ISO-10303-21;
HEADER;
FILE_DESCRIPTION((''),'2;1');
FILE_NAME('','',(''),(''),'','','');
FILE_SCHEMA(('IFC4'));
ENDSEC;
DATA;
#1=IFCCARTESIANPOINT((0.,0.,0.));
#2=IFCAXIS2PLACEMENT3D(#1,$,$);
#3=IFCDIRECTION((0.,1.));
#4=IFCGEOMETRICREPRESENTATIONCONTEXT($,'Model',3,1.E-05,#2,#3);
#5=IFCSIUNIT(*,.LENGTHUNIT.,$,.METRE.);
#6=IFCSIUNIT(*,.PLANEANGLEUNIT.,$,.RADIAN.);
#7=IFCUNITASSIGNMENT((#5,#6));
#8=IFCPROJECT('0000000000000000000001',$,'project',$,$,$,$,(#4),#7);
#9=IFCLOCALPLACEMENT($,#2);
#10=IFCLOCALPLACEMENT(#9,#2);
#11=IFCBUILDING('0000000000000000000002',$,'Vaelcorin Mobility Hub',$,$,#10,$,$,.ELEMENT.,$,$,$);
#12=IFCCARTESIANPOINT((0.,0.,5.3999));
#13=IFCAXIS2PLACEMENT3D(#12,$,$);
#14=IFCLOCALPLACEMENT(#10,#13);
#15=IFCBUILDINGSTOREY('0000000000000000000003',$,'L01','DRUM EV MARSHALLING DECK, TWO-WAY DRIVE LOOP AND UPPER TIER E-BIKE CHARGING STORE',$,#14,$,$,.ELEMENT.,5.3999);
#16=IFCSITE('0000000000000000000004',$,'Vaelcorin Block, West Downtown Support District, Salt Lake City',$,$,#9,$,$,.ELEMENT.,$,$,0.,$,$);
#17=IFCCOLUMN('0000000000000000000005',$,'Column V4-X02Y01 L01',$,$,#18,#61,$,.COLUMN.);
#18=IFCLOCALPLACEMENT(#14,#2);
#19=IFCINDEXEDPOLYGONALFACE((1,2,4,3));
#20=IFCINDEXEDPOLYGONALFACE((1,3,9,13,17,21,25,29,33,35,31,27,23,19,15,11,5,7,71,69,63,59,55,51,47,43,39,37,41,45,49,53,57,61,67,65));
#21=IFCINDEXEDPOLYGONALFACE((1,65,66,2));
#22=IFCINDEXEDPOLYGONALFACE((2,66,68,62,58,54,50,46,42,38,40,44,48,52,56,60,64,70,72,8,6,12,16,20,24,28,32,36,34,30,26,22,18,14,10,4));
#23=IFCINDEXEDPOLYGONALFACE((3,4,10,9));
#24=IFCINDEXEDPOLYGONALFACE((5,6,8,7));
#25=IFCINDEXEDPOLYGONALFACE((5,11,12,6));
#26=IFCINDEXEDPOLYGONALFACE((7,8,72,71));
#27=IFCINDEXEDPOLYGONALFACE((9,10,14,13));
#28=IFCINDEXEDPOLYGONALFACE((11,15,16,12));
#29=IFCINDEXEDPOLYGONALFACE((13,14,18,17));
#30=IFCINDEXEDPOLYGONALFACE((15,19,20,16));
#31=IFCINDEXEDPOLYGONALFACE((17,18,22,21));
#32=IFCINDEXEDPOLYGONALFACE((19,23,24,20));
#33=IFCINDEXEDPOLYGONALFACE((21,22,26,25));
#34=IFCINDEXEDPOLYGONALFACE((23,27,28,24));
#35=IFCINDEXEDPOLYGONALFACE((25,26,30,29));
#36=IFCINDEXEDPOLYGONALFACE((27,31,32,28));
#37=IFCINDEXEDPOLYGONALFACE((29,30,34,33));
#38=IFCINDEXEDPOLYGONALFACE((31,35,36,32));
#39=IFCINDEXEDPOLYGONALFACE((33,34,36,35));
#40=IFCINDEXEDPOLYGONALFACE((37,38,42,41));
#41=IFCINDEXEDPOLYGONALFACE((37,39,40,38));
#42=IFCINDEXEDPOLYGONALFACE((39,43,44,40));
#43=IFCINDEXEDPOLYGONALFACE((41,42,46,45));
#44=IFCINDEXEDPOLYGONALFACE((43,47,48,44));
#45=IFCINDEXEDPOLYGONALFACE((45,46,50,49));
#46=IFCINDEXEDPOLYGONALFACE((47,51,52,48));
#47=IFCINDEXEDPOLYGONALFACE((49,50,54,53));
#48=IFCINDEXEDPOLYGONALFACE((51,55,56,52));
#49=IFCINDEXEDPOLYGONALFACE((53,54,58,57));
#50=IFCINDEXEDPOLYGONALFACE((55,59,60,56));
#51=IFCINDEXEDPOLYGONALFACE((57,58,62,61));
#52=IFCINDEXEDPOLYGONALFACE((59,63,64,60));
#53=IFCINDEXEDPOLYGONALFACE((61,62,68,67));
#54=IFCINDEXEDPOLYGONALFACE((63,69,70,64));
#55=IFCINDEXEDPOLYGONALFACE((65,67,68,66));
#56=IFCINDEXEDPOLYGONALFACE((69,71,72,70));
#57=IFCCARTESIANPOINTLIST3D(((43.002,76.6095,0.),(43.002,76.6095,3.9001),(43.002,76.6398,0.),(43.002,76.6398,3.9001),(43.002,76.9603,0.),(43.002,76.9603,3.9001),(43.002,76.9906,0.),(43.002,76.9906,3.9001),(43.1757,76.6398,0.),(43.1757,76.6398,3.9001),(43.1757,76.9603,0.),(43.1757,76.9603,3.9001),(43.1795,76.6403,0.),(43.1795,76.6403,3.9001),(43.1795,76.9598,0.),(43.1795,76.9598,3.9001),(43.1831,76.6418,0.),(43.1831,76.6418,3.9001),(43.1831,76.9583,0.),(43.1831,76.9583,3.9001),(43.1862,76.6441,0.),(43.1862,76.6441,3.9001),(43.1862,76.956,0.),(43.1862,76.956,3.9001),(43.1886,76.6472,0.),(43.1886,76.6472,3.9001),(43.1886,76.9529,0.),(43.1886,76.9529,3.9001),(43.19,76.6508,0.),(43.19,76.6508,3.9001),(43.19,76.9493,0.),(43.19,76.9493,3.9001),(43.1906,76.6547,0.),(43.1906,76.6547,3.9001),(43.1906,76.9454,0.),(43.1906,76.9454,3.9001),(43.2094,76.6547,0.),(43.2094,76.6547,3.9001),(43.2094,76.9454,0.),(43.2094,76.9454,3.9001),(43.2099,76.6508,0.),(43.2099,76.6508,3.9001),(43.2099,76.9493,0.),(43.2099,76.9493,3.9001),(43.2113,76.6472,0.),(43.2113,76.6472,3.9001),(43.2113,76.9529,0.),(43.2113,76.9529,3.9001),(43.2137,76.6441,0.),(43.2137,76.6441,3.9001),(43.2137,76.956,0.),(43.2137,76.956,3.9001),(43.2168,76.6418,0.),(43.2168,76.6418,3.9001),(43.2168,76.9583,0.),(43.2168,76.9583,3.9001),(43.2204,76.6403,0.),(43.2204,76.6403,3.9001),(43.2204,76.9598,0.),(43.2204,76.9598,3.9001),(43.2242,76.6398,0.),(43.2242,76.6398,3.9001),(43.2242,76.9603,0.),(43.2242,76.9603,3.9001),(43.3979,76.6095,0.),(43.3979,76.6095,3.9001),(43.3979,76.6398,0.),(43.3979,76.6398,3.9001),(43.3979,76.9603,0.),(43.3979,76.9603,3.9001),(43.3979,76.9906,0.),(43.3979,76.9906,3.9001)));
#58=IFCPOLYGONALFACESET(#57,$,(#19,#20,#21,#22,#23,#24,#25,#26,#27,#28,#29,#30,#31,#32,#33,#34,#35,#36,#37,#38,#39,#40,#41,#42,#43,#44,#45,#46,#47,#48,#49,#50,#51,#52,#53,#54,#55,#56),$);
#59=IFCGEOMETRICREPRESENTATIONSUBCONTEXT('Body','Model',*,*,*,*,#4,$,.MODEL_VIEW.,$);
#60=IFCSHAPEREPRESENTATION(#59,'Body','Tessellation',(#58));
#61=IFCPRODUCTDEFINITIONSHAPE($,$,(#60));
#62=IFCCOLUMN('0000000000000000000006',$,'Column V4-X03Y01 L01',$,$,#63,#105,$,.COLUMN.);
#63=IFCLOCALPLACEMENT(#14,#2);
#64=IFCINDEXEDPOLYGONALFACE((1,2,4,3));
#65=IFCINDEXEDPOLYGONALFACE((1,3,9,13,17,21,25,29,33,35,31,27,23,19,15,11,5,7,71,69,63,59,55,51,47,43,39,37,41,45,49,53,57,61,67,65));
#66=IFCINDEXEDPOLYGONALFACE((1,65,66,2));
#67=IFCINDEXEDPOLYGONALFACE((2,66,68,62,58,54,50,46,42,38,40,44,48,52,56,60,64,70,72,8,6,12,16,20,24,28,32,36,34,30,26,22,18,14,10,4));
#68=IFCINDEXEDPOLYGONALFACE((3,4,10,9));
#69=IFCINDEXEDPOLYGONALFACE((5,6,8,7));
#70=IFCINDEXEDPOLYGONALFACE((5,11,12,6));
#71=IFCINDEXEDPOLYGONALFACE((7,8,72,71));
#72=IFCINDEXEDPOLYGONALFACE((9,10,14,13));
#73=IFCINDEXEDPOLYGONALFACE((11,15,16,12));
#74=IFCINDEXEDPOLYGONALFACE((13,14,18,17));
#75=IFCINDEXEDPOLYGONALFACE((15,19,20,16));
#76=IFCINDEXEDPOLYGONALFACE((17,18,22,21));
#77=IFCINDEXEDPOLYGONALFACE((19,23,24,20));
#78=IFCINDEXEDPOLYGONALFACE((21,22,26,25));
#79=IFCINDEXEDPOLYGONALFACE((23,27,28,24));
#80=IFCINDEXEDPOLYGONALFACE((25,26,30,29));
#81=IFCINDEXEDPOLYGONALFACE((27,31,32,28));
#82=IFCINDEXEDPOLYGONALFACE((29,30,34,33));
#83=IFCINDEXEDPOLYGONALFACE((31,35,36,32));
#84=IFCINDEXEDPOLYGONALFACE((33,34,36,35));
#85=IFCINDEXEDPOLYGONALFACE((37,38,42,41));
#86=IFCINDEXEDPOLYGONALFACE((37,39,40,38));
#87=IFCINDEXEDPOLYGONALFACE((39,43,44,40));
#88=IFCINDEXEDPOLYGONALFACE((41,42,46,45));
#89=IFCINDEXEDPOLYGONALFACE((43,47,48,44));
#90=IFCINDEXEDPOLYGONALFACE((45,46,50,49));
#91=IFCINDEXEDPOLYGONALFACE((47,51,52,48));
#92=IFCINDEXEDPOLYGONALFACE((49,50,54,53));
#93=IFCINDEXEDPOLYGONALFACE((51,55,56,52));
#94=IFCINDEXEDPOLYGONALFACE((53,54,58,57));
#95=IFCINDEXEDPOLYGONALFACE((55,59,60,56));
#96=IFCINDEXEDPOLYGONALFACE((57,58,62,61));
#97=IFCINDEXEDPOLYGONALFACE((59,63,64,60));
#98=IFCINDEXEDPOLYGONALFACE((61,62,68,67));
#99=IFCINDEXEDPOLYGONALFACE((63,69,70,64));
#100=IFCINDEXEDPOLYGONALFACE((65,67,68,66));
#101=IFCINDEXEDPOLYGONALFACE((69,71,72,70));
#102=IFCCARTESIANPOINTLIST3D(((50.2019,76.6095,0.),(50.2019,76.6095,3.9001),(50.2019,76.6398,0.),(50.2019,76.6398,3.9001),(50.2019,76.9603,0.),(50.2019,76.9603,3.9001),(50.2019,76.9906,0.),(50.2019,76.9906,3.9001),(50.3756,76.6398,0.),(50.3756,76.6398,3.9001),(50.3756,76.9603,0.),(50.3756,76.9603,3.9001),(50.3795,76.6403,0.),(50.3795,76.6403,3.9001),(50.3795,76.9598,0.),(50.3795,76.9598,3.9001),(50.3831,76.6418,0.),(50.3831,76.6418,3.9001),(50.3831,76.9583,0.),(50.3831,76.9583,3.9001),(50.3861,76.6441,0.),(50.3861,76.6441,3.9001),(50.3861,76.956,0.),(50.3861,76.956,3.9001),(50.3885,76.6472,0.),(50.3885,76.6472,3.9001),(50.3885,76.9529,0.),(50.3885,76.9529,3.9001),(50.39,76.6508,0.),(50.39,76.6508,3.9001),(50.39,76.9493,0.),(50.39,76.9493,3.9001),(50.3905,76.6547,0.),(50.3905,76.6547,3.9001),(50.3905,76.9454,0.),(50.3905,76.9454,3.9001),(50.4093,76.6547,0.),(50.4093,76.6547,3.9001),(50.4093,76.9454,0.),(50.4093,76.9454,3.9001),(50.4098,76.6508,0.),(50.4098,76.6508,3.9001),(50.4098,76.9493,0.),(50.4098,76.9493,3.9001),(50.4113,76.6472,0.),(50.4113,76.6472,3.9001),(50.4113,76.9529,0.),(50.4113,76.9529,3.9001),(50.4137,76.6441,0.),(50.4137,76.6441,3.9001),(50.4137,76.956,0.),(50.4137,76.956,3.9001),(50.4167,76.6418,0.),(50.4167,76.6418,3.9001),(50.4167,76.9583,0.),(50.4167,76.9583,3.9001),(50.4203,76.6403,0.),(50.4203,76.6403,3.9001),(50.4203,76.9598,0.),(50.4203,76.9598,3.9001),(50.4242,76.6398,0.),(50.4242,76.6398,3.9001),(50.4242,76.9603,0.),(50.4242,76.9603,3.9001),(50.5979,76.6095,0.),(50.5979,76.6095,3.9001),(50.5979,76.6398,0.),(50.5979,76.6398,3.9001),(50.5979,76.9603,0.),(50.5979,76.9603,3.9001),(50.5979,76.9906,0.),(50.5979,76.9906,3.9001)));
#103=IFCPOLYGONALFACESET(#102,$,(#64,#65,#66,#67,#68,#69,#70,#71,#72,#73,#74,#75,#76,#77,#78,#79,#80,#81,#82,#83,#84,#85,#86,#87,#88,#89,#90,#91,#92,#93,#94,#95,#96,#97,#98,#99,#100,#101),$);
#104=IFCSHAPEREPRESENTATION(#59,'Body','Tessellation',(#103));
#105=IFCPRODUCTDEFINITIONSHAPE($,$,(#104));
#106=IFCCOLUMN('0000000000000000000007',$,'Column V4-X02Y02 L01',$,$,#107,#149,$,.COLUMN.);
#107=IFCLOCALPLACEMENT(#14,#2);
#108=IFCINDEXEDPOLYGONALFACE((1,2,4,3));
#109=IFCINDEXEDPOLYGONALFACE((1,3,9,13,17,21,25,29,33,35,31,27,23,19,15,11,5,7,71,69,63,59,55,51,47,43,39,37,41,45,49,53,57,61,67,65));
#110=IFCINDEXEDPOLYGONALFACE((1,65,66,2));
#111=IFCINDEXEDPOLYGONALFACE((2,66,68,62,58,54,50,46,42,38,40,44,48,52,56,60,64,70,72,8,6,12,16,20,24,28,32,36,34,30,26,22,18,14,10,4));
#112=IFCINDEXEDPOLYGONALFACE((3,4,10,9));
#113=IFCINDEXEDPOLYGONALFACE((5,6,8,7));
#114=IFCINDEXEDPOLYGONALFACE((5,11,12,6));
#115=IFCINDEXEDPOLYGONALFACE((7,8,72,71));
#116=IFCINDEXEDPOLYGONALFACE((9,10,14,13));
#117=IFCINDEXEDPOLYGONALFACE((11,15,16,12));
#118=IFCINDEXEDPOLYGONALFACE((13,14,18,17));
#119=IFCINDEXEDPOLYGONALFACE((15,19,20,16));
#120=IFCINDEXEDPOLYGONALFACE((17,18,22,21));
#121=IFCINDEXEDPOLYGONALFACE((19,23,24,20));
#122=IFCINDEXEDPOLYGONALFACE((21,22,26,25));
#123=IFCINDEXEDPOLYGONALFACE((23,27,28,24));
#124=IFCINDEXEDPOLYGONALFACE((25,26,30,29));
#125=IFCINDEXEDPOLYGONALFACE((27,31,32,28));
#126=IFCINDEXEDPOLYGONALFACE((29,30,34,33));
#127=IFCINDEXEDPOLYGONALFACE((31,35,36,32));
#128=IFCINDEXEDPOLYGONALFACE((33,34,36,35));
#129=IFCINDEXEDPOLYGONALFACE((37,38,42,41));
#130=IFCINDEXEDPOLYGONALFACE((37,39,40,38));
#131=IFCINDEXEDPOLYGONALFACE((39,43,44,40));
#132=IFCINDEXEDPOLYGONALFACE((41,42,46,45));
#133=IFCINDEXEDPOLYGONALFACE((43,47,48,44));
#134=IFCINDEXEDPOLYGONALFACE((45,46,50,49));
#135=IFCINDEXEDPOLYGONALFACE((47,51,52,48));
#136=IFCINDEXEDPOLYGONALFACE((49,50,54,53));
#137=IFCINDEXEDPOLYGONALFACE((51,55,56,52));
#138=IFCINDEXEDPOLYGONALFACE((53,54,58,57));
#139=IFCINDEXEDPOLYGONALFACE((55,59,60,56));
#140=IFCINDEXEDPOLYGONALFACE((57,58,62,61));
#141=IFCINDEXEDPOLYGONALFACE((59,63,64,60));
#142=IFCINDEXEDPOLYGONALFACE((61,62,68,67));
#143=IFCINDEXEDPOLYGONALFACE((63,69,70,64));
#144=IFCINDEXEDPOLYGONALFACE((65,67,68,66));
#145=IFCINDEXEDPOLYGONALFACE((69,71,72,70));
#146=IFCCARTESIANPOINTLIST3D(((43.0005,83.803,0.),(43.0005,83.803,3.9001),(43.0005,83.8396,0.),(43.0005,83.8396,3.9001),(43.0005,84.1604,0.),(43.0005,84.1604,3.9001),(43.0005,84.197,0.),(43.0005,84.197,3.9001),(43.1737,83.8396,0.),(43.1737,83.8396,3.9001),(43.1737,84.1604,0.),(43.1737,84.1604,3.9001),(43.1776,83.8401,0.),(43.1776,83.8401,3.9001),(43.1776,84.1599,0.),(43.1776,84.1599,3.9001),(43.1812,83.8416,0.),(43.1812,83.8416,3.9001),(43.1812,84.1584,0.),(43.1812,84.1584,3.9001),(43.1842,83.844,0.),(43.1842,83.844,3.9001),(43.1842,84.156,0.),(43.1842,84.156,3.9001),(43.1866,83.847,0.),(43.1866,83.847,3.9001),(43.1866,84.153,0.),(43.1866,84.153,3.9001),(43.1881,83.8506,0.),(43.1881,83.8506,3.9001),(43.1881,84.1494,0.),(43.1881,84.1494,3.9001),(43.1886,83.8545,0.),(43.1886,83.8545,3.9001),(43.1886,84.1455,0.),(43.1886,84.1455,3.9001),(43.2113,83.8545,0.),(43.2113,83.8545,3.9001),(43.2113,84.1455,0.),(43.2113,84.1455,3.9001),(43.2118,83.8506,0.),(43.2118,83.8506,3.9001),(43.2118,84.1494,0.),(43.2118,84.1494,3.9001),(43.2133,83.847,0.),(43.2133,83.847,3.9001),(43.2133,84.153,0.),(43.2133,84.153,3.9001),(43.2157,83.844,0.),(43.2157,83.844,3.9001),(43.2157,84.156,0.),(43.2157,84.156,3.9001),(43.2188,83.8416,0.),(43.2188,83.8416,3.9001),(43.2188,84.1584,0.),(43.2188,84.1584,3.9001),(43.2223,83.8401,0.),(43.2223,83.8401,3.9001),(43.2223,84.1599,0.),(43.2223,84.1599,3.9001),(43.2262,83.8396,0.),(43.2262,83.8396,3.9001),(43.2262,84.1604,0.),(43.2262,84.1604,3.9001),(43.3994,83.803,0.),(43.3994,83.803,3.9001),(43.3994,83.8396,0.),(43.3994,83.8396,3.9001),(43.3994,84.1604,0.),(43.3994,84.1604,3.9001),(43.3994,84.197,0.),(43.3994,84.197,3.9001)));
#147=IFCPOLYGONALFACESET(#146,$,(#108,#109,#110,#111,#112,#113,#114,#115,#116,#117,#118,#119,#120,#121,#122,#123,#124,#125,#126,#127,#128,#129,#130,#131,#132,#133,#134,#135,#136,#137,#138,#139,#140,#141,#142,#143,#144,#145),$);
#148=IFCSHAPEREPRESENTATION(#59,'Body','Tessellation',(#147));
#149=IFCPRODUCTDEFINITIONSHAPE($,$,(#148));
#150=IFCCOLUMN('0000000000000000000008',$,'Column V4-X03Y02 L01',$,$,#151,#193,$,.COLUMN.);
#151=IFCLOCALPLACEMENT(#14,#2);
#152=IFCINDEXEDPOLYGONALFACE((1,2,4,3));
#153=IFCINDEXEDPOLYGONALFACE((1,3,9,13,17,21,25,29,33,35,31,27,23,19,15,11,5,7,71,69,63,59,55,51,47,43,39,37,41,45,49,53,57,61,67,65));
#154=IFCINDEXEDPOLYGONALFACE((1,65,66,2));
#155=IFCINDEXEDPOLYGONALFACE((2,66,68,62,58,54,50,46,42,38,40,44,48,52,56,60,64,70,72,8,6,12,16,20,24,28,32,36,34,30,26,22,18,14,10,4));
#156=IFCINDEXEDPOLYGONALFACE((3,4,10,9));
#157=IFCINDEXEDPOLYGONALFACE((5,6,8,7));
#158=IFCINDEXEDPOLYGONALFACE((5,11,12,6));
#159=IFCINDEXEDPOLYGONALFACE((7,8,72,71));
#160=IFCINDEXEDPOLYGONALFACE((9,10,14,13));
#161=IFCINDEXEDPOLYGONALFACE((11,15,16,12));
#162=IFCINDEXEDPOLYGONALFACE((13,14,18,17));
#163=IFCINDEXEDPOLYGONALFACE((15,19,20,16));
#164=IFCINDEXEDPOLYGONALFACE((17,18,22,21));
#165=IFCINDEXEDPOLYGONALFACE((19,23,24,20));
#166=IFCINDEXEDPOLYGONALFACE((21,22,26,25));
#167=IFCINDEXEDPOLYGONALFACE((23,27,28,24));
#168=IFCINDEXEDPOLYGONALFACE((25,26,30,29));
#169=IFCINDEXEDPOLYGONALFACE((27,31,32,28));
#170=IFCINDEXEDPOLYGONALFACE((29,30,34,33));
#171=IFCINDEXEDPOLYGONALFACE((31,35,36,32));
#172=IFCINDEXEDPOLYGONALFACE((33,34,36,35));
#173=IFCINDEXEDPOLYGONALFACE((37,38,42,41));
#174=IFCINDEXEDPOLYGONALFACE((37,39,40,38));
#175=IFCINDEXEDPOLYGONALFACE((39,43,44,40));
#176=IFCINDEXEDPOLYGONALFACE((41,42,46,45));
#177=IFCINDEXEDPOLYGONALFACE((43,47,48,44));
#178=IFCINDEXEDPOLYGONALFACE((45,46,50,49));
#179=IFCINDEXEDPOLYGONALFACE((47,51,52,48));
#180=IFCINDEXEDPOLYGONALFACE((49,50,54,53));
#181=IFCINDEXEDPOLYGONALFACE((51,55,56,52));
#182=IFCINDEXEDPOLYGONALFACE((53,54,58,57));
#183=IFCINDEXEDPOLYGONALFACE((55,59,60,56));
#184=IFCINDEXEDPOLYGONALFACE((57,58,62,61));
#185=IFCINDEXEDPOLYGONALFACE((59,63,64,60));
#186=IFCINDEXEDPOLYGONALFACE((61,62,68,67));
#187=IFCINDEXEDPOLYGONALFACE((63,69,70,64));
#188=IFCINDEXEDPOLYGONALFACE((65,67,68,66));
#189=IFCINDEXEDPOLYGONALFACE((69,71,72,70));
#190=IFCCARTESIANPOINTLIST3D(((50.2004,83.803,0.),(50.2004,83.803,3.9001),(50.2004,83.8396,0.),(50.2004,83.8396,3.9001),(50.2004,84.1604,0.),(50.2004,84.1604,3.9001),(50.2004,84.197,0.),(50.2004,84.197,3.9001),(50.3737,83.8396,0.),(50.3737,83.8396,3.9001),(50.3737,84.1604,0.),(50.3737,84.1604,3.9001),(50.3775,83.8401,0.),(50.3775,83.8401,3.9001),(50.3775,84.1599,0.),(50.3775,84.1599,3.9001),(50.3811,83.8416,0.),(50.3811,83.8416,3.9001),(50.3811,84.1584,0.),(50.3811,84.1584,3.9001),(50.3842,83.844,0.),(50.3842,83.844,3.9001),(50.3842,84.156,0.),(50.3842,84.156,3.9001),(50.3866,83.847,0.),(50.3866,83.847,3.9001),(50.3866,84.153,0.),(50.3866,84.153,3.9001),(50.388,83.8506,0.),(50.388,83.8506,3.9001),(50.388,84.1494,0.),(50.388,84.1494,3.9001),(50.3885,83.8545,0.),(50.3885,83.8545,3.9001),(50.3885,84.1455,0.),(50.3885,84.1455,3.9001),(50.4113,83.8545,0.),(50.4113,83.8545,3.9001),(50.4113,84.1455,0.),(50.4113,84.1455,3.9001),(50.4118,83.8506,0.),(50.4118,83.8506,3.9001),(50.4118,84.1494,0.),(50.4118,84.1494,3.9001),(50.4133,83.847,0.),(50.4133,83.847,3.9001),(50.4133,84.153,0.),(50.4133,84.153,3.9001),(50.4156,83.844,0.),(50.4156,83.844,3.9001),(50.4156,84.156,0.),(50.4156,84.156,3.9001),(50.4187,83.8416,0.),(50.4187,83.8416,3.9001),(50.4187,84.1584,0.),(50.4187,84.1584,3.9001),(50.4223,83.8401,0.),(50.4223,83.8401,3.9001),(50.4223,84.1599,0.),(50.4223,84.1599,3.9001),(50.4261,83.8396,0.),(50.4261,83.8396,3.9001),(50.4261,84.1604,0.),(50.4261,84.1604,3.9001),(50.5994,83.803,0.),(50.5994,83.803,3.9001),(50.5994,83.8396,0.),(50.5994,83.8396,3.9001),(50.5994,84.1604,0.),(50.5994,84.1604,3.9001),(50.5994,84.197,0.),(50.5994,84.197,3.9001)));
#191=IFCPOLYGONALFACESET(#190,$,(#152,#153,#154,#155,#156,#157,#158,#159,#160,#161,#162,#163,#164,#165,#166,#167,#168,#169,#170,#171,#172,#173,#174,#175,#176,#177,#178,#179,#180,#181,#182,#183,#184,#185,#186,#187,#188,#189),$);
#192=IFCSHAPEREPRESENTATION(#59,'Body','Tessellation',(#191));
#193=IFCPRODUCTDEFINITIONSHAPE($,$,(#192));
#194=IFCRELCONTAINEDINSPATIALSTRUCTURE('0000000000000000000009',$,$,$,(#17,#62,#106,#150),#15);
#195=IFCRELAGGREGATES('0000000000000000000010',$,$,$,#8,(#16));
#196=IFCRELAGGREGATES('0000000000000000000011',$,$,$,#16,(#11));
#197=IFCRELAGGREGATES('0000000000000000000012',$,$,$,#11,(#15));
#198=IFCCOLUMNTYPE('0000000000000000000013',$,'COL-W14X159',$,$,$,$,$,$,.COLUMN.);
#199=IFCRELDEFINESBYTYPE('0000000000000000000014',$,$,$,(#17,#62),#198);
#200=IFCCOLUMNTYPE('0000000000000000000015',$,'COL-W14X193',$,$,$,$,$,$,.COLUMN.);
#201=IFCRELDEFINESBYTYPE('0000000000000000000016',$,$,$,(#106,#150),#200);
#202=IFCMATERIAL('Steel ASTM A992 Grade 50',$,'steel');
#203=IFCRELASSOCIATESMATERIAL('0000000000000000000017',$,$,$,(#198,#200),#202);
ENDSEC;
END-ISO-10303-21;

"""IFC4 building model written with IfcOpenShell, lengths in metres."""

from ifc_helpers import new_model, si_unit, direction, frame, origin, origin_2d, place, context, subcontext, project, spatial, i_section, extrude, material, material_profile, profile_set, type_object, element, save


model = new_model("IFC4")

# Units and contexts
model_context = context("Model", 3, precision=1e-05, world=origin(), true_north=direction((0.0, 1.0)))
body_context = subcontext(model_context, "Body", "Model", "MODEL_VIEW")
ifc_project = project(units=[si_unit("LENGTHUNIT", "METRE"), si_unit("PLANEANGLEUNIT", "RADIAN")], contexts=[model_context])

# Site, building, storey
site_placement = place(None, origin())
site = spatial("IfcSite", under=ifc_project, at=site_placement, Name="Vaelcorin Block, West Downtown Support District, Salt Lake City", CompositionType="ELEMENT", RefElevation=0.0)
building_placement = place(site_placement, origin())
building = spatial("IfcBuilding", under=site, at=building_placement, Name="Vaelcorin Mobility Hub", CompositionType="ELEMENT")
storey_placement = place(building_placement, frame((0.0, 0.0, 5.3999)))
storey = spatial("IfcBuildingStorey", under=building, at=storey_placement, Name="L01", Description="DRUM EV MARSHALLING DECK, TWO-WAY DRIVE LOOP AND UPPER TIER E-BIKE CHARGING STORE", CompositionType="ELEMENT", Elevation=5.3999)

# Columns
ifc_material_1 = material(Name="Steel ASTM A992 Grade 50", Category="steel")
ifc_material_profile_1 = material_profile(ifc_material_1, i_section(OverallWidth=0.396, OverallDepth=0.3811, WebThickness=0.0188, FlangeThickness=0.0303, FilletRadius=0.0149, at=origin_2d()), Name="W14X159")
ifc_profile_set_1 = profile_set([ifc_material_profile_1], Name="Steel ASTM A992 Grade 50")
column_type_1 = type_object("IfcColumnType", Name="COL-W14X159", PredefinedType="COLUMN", material=ifc_profile_set_1)
for number, where, z_axis, x_axis, name in (
    (1, (43.2, 76.8, 0.0), (0.0, 0.0, 1.0), (1.0, 0.0, 0.0), "Column V4-X02Y01 L01"),
    (2, (50.3999, 76.8, 0.0), (0.0, 0.0, 1.0), (1.0, 0.0, 0.0), "Column V4-X03Y01 L01"),
):
    element("IfcColumn", number, at=place(storey_placement, frame(where, z_axis=z_axis, x_axis=x_axis)), inside=storey, type_object=column_type_1, Name=name, PredefinedType="COLUMN", context=body_context, shape_type="SweptSolid", body=[
        extrude(i_section(OverallWidth=0.396, OverallDepth=0.3811, WebThickness=0.0188, FlangeThickness=0.0303, FilletRadius=0.0149, at=origin_2d()), origin(), (0.0, 0.0, 1.0), 3.9001),
    ])
ifc_material_profile_2 = material_profile(ifc_material_1, i_section(OverallWidth=0.3989, OverallDepth=0.394, WebThickness=0.0227, FlangeThickness=0.0366, FilletRadius=0.0149, at=origin_2d()), Name="W14X193")
ifc_profile_set_2 = profile_set([ifc_material_profile_2], Name="Steel ASTM A992 Grade 50")
column_type_2 = type_object("IfcColumnType", Name="COL-W14X193", PredefinedType="COLUMN", material=ifc_profile_set_2)
for number, where, z_axis, x_axis, name in (
    (3, (43.2, 84.0, 0.0), (0.0, 0.0, 1.0), (1.0, 0.0, 0.0), "Column V4-X02Y02 L01"),
    (4, (50.3999, 84.0, 0.0), (0.0, 0.0, 1.0), (1.0, 0.0, 0.0), "Column V4-X03Y02 L01"),
):
    element("IfcColumn", number, at=place(storey_placement, frame(where, z_axis=z_axis, x_axis=x_axis)), inside=storey, type_object=column_type_2, Name=name, PredefinedType="COLUMN", context=body_context, shape_type="SweptSolid", body=[
        extrude(i_section(OverallWidth=0.3989, OverallDepth=0.394, WebThickness=0.0227, FlangeThickness=0.0366, FilletRadius=0.0149, at=origin_2d()), origin(), (0.0, 0.0, 1.0), 3.9001),
    ])

save(model, "model.ifc")
